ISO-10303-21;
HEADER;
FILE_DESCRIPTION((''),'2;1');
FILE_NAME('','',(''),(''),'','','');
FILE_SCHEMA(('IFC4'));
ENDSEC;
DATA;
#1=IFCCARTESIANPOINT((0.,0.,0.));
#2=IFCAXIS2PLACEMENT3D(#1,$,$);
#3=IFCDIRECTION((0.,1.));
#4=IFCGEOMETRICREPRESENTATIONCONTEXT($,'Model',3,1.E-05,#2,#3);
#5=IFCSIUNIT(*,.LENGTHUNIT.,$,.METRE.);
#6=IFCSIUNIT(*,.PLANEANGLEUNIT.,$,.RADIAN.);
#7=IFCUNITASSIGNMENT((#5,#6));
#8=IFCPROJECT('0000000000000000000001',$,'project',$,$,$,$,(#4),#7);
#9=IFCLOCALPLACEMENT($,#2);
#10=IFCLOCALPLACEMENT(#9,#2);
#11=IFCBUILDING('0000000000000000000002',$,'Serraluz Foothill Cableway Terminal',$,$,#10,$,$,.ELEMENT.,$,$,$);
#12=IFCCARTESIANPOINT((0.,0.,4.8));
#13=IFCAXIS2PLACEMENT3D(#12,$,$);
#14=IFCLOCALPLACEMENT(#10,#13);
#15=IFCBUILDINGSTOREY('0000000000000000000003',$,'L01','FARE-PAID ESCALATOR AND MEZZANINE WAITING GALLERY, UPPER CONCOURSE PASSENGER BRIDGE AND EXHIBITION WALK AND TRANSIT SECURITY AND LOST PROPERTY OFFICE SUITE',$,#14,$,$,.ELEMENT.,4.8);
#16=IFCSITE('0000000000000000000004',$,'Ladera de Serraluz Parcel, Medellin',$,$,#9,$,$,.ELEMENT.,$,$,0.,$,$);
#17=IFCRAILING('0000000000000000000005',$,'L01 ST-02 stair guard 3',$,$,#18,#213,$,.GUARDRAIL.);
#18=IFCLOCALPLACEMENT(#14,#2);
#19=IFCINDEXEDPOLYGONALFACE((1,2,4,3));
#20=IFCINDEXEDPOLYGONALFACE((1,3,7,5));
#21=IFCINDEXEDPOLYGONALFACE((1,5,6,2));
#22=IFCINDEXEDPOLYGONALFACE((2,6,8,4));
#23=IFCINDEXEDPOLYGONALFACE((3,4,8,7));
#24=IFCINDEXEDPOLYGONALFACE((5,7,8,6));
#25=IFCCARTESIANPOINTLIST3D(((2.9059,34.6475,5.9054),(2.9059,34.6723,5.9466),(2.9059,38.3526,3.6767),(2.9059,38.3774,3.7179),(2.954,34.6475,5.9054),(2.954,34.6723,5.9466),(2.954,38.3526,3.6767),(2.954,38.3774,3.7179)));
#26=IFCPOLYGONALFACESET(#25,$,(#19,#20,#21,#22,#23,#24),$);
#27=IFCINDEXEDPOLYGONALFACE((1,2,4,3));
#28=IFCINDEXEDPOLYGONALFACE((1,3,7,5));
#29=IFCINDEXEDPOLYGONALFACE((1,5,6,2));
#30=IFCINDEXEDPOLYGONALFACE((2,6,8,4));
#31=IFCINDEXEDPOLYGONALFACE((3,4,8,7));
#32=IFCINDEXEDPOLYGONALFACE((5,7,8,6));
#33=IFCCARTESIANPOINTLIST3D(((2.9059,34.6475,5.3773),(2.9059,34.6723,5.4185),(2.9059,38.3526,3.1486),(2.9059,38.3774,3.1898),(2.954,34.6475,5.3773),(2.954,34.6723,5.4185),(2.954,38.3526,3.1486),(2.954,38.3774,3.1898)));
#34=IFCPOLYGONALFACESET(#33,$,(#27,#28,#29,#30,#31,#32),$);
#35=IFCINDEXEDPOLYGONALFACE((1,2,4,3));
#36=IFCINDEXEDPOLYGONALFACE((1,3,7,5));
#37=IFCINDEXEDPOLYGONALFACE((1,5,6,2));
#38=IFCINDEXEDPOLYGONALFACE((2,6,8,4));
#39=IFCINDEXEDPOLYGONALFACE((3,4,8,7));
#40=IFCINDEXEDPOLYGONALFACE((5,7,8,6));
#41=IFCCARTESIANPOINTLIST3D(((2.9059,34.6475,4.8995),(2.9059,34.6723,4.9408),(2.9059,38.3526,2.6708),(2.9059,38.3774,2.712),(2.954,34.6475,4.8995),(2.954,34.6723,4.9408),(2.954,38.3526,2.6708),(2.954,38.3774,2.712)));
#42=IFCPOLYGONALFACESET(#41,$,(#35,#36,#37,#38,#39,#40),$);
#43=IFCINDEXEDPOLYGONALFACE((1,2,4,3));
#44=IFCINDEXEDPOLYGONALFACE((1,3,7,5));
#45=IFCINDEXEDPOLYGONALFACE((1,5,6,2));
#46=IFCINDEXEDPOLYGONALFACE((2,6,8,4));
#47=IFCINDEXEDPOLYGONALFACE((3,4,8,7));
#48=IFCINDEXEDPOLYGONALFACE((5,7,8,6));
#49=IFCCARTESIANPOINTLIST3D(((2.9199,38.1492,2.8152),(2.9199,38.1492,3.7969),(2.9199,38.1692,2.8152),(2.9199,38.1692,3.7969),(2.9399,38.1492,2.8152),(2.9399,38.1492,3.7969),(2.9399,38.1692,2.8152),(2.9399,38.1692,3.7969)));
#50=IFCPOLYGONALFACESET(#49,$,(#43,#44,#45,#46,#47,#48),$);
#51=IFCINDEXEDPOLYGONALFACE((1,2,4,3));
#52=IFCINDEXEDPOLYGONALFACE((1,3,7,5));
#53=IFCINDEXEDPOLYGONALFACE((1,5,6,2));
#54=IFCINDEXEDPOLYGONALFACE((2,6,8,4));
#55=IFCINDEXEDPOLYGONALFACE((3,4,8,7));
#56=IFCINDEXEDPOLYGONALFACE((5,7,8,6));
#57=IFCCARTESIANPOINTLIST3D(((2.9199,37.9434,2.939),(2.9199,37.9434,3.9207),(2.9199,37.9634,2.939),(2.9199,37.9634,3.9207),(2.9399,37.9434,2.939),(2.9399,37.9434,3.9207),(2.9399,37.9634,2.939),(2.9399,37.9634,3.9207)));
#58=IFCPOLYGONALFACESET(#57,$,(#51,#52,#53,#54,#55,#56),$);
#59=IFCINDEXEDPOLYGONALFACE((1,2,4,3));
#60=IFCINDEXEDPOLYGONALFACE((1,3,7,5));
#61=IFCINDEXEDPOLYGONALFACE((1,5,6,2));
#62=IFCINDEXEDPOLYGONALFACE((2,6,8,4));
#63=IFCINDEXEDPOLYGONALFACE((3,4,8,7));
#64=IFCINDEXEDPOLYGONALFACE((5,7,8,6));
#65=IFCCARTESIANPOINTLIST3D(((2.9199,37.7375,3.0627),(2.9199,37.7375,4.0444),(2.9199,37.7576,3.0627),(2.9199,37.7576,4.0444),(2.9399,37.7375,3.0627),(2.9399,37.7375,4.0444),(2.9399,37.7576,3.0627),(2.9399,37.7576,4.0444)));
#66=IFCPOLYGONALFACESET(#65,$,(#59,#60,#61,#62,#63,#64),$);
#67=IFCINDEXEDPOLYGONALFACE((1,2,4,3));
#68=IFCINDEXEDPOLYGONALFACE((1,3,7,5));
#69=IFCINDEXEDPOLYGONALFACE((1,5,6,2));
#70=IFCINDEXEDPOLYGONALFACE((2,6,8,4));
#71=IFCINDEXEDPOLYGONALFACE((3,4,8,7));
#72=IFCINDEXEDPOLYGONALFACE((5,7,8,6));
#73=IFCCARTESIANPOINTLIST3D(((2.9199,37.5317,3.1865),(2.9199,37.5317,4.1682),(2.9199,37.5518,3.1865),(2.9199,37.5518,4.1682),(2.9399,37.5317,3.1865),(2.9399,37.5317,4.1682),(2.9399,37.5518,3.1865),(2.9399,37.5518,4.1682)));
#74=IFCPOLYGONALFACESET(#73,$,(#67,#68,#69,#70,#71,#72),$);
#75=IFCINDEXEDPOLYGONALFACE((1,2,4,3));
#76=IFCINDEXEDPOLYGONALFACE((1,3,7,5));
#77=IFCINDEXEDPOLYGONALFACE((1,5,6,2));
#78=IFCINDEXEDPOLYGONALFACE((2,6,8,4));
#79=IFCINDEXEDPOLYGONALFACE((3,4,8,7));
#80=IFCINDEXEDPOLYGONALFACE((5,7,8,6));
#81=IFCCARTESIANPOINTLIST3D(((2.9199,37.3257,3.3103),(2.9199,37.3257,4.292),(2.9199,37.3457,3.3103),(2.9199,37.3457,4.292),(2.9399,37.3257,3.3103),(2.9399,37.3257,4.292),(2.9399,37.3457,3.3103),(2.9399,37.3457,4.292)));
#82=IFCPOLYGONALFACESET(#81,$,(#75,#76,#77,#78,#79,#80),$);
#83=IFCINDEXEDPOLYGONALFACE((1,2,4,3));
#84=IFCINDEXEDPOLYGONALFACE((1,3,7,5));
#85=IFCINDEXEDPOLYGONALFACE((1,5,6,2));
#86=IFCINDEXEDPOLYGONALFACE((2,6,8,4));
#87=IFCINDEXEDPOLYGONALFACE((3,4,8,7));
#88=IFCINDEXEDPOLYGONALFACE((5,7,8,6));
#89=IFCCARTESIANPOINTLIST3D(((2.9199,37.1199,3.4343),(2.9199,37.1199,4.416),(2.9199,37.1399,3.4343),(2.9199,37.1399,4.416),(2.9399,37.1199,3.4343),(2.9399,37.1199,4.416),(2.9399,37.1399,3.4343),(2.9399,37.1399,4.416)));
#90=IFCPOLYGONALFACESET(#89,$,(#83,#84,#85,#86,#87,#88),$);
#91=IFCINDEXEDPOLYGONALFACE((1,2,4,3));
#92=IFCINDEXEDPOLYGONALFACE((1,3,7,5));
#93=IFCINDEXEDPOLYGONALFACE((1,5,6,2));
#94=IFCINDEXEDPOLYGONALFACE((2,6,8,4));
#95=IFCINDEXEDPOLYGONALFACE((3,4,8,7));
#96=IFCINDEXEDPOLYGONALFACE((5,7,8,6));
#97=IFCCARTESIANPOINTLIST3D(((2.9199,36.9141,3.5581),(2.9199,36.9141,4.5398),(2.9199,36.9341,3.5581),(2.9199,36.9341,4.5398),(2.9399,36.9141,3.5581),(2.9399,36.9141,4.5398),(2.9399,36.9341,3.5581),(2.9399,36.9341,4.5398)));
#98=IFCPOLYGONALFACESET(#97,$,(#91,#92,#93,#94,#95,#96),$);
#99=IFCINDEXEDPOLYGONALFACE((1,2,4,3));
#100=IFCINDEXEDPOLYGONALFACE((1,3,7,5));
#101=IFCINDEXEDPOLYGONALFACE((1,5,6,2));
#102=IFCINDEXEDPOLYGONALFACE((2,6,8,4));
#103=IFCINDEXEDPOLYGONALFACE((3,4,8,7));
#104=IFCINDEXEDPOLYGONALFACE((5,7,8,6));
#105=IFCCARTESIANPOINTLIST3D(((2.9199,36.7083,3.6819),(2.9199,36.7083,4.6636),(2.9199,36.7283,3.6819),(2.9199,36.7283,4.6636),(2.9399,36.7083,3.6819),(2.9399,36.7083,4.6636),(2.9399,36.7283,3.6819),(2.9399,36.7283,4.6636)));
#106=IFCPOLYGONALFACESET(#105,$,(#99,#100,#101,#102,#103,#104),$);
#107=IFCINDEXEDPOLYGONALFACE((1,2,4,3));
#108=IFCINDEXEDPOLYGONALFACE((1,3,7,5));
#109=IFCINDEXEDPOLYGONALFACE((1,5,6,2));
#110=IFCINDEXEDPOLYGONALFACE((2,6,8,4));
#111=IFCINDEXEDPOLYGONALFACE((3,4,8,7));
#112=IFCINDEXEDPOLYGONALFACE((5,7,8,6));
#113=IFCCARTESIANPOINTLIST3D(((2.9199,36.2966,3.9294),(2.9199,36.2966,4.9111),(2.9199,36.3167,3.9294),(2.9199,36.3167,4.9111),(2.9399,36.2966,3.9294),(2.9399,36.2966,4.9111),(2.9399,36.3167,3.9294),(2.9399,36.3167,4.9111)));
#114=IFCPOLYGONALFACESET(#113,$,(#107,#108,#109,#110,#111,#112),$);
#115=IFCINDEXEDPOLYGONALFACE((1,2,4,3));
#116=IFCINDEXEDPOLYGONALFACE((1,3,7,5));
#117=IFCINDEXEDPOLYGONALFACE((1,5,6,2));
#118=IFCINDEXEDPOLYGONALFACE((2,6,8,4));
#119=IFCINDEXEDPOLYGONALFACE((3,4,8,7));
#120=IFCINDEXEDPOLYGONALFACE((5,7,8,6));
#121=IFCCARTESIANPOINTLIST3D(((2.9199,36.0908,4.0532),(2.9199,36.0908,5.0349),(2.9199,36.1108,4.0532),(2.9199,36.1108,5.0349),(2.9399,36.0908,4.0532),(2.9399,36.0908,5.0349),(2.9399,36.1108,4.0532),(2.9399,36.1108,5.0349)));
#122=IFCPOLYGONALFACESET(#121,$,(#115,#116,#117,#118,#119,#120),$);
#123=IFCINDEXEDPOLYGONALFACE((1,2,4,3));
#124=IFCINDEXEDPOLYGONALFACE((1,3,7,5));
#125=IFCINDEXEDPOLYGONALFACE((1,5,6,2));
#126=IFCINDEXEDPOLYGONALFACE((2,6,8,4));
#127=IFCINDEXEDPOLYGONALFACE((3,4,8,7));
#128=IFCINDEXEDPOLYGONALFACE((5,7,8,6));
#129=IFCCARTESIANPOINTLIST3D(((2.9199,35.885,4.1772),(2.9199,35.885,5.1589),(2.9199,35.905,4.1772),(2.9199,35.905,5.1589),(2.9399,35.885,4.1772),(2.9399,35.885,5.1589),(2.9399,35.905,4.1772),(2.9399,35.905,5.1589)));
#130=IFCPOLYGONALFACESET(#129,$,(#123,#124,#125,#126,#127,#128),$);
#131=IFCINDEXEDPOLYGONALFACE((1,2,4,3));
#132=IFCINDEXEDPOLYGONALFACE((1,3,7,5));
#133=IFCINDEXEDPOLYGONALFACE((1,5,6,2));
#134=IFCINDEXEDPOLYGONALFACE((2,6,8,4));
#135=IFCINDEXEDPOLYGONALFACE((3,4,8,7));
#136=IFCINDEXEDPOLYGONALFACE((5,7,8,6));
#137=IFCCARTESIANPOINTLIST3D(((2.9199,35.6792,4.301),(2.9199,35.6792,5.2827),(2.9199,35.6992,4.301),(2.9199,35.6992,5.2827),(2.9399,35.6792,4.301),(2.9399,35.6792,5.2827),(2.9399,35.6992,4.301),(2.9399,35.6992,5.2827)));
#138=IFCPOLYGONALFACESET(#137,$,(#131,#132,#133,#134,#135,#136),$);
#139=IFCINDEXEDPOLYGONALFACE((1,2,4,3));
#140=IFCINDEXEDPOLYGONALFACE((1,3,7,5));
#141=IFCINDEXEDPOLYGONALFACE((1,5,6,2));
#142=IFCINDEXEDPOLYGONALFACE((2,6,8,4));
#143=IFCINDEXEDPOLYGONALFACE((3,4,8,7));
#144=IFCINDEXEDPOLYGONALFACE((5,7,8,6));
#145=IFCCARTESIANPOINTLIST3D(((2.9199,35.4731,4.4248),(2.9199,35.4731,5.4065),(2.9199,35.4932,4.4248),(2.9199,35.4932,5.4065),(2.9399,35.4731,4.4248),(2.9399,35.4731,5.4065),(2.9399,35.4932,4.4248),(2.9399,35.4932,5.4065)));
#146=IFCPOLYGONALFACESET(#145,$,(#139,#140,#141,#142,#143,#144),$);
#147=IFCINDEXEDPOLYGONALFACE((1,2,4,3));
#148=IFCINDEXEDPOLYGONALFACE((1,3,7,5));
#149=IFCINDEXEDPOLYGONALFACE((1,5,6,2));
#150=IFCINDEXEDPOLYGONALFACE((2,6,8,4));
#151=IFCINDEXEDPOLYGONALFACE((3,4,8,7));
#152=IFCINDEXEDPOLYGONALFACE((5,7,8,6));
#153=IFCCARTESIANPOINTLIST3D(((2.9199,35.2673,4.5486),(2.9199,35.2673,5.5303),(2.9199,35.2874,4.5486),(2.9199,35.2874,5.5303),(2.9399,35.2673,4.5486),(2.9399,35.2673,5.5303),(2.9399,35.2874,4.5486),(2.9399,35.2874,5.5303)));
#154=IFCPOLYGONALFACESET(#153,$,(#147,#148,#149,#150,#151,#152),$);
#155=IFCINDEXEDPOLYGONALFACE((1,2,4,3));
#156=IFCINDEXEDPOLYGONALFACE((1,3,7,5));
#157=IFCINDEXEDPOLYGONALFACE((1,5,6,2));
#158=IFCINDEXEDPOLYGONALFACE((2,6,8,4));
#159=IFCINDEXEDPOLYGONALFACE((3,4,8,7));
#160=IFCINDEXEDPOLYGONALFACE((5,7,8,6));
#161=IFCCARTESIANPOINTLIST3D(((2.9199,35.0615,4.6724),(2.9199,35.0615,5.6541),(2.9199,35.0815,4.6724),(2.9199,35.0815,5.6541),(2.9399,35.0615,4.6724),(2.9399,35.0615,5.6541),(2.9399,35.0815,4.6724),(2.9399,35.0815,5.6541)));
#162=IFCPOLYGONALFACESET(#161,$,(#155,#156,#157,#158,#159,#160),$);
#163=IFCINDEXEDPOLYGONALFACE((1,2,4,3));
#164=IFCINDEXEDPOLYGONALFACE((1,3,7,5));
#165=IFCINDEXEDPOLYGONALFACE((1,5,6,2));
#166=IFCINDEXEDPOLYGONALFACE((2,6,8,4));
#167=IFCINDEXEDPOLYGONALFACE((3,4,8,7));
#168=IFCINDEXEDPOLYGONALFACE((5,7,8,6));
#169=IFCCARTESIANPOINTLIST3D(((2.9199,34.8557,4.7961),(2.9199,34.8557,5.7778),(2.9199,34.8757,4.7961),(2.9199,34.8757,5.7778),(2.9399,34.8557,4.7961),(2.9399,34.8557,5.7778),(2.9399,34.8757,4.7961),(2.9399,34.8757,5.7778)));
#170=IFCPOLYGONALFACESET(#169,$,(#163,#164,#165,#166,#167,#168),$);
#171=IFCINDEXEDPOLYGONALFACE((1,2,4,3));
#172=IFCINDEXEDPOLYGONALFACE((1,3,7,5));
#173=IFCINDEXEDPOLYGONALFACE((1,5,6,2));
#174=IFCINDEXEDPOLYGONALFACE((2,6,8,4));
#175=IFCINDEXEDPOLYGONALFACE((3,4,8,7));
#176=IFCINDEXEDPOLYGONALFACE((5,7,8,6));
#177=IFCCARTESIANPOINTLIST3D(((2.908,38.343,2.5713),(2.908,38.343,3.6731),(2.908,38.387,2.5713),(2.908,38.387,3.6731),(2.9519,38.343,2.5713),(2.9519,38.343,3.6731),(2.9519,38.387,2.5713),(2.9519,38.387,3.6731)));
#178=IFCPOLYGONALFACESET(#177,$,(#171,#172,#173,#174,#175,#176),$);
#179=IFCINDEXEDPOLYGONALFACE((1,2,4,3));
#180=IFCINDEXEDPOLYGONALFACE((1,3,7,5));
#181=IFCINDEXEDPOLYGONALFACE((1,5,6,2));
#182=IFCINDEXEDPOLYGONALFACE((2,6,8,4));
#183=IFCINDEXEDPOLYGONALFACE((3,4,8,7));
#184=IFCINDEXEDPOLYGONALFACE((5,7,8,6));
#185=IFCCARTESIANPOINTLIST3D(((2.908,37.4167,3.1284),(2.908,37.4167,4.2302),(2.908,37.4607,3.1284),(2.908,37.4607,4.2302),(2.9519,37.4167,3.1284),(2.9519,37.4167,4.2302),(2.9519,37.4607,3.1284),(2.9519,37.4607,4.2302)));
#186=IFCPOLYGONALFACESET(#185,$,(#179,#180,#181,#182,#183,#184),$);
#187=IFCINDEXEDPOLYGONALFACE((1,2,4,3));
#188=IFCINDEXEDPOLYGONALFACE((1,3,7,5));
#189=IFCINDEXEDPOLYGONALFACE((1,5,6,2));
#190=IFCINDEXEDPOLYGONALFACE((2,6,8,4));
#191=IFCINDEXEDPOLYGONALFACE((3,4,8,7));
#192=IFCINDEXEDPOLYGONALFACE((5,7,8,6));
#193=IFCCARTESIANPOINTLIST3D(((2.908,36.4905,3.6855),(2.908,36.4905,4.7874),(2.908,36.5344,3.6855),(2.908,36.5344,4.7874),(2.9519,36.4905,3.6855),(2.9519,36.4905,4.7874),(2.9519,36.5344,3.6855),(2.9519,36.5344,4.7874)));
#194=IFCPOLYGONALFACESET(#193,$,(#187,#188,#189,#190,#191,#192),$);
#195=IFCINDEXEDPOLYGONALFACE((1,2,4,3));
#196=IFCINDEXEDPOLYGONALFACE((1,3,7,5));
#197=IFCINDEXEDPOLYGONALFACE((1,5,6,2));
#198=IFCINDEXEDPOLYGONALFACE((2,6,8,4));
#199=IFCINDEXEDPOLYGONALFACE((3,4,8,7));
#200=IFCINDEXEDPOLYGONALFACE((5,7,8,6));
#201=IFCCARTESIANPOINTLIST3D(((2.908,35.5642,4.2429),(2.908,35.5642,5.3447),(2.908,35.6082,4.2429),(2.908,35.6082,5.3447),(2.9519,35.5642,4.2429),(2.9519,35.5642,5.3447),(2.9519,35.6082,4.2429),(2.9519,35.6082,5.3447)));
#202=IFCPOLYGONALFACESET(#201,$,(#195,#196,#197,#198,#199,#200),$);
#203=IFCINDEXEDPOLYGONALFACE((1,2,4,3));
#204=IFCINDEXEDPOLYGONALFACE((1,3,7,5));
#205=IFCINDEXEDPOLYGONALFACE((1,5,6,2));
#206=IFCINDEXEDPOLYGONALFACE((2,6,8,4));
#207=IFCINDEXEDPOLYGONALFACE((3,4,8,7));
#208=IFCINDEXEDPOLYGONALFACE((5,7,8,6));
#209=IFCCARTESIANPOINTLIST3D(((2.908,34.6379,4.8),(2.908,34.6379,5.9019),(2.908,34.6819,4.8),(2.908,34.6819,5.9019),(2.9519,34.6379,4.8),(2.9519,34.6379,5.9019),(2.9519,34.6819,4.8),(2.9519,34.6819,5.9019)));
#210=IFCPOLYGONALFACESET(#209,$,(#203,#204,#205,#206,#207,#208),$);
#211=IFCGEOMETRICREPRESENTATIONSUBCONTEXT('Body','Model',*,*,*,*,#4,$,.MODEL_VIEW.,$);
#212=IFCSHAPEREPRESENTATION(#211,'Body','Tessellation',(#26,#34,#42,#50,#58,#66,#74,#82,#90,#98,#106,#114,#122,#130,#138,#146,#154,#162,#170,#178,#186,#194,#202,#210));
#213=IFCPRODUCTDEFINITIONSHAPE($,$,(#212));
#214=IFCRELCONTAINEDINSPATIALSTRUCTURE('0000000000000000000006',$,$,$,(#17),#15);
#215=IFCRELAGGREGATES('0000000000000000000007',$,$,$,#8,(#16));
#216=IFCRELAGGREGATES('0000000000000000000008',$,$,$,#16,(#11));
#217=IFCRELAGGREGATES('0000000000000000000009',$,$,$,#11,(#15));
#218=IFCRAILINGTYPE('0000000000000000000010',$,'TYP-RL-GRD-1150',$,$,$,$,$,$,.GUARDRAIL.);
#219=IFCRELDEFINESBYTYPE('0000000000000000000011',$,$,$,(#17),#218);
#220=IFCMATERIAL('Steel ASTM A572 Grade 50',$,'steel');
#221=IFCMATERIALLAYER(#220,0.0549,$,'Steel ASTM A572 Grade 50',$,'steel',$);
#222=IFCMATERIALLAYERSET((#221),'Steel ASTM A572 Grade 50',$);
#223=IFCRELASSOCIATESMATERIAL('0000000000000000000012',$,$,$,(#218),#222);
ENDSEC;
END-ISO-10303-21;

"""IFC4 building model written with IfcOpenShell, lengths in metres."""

from ifc_helpers import new_model, si_unit, direction, frame, origin, origin_2d, place, context, subcontext, project, spatial, rectangle, extrude, material, layer, layer_set, type_object, element, save


model = new_model("IFC4")

# Units and contexts
model_context = context("Model", 3, precision=1e-05, world=origin(), true_north=direction((0.0, 1.0)))
body_context = subcontext(model_context, "Body", "Model", "MODEL_VIEW")
ifc_project = project(units=[si_unit("LENGTHUNIT", "METRE"), si_unit("PLANEANGLEUNIT", "RADIAN")], contexts=[model_context])

# Site, building, storey
site_placement = place(None, origin())
site = spatial("IfcSite", under=ifc_project, at=site_placement, Name="Ladera de Serraluz Parcel, Medellin", CompositionType="ELEMENT", RefElevation=0.0)
building_placement = place(site_placement, origin())
building = spatial("IfcBuilding", under=site, at=building_placement, Name="Serraluz Foothill Cableway Terminal", CompositionType="ELEMENT")
storey_placement = place(building_placement, frame((0.0, 0.0, 4.8)))
storey = spatial("IfcBuildingStorey", under=building, at=storey_placement, Name="L01", Description="FARE-PAID ESCALATOR AND MEZZANINE WAITING GALLERY, UPPER CONCOURSE PASSENGER BRIDGE AND EXHIBITION WALK AND TRANSIT SECURITY AND LOST PROPERTY OFFICE SUITE", CompositionType="ELEMENT", Elevation=4.8)

# Railing
ifc_material_1 = material(Name="Steel ASTM A572 Grade 50", Category="steel")
ifc_layer_1 = layer(ifc_material_1, 0.0549, Name="Steel ASTM A572 Grade 50", Category="steel")
ifc_layer_set_1 = layer_set([ifc_layer_1], Name="Steel ASTM A572 Grade 50")
railing_type_1 = type_object("IfcRailingType", Name="TYP-RL-GRD-1150", PredefinedType="GUARDRAIL", material=ifc_layer_set_1)
railing_1_placement = place(storey_placement, frame((2.9299, 38.365, 2.5713)))
element("IfcRailing", 1, at=railing_1_placement, inside=storey, type_object=railing_type_1, Name="L01 ST-02 stair guard 3", PredefinedType="GUARDRAIL", context=body_context, shape_type="SweptSolid", body=[
    extrude(rectangle(XDim=0.0481, YDim=0.0481, at=origin_2d()), frame((0.0, 0.0, 1.126), z_axis=(0.0, -0.856909, 0.515467), x_axis=(1.0, 0.0, 0.0)), (0.0, 0.0, 1.0), 4.3237),
    extrude(rectangle(XDim=0.0481, YDim=0.0481, at=origin_2d()), frame((0.0, 0.0, 0.5979), z_axis=(0.0, -0.856909, 0.515467), x_axis=(1.0, 0.0, 0.0)), (0.0, 0.0, 1.0), 4.3237),
    extrude(rectangle(XDim=0.0481, YDim=0.0481, at=origin_2d()), frame((0.0, 0.0, 0.1201), z_axis=(0.0, -0.856909, 0.515467), x_axis=(1.0, 0.0, 0.0)), (0.0, 0.0, 1.0), 4.3237),
    extrude(rectangle(XDim=0.02, YDim=0.02, at=origin_2d()), frame((0.0, -0.2058, 0.2439)), (0.0, 0.0, 1.0), 0.9817),
    extrude(rectangle(XDim=0.02, YDim=0.02, at=origin_2d()), frame((0.0, -0.4116, 0.3677)), (0.0, 0.0, 1.0), 0.9817),
    extrude(rectangle(XDim=0.02, YDim=0.02, at=origin_2d()), frame((0.0, -0.6174, 0.4915)), (0.0, 0.0, 1.0), 0.9817),
    extrude(rectangle(XDim=0.02, YDim=0.02, at=origin_2d()), frame((0.0, -0.8232, 0.6152)), (0.0, 0.0, 1.0), 0.9817),
    extrude(rectangle(XDim=0.02, YDim=0.02, at=origin_2d()), frame((0.0, -1.0293, 0.739)), (0.0, 0.0, 1.0), 0.9817),
    extrude(rectangle(XDim=0.02, YDim=0.02, at=origin_2d()), frame((0.0, -1.2351, 0.863)), (0.0, 0.0, 1.0), 0.9817),
    extrude(rectangle(XDim=0.02, YDim=0.02, at=origin_2d()), frame((0.0, -1.4409, 0.9868)), (0.0, 0.0, 1.0), 0.9817),
    extrude(rectangle(XDim=0.02, YDim=0.02, at=origin_2d()), frame((0.0, -1.6467, 1.1106)), (0.0, 0.0, 1.0), 0.9817),
    extrude(rectangle(XDim=0.02, YDim=0.02, at=origin_2d()), frame((0.0, -2.0583, 1.3582)), (0.0, 0.0, 1.0), 0.9817),
    extrude(rectangle(XDim=0.02, YDim=0.02, at=origin_2d()), frame((0.0, -2.2642, 1.4819)), (0.0, 0.0, 1.0), 0.9817),
    extrude(rectangle(XDim=0.02, YDim=0.02, at=origin_2d()), frame((0.0, -2.47, 1.606)), (0.0, 0.0, 1.0), 0.9817),
    extrude(rectangle(XDim=0.02, YDim=0.02, at=origin_2d()), frame((0.0, -2.6758, 1.7297)), (0.0, 0.0, 1.0), 0.9817),
    extrude(rectangle(XDim=0.02, YDim=0.02, at=origin_2d()), frame((0.0, -2.8818, 1.8535)), (0.0, 0.0, 1.0), 0.9817),
    extrude(rectangle(XDim=0.02, YDim=0.02, at=origin_2d()), frame((0.0, -3.0876, 1.9773)), (0.0, 0.0, 1.0), 0.9817),
    extrude(rectangle(XDim=0.02, YDim=0.02, at=origin_2d()), frame((0.0, -3.2935, 2.1011)), (0.0, 0.0, 1.0), 0.9817),
    extrude(rectangle(XDim=0.02, YDim=0.02, at=origin_2d()), frame((0.0, -3.4993, 2.2249)), (0.0, 0.0, 1.0), 0.9817),
    extrude(rectangle(XDim=0.0439, YDim=0.0439, at=origin_2d()), origin(), (0.0, 0.0, 1.0), 1.1018),
    extrude(rectangle(XDim=0.0439, YDim=0.0439, at=origin_2d()), frame((0.0, -0.9263, 0.5571)), (0.0, 0.0, 1.0), 1.1018),
    extrude(rectangle(XDim=0.0439, YDim=0.0439, at=origin_2d()), frame((0.0, -1.8525, 1.1143)), (0.0, 0.0, 1.0), 1.1018),
    extrude(rectangle(XDim=0.0439, YDim=0.0439, at=origin_2d()), frame((0.0, -2.7788, 1.6716)), (0.0, 0.0, 1.0), 1.1018),
    extrude(rectangle(XDim=0.0439, YDim=0.0439, at=origin_2d()), frame((0.0, -3.7051, 2.2288)), (0.0, 0.0, 1.0), 1.1018),
])

save(model, "model.ifc")
